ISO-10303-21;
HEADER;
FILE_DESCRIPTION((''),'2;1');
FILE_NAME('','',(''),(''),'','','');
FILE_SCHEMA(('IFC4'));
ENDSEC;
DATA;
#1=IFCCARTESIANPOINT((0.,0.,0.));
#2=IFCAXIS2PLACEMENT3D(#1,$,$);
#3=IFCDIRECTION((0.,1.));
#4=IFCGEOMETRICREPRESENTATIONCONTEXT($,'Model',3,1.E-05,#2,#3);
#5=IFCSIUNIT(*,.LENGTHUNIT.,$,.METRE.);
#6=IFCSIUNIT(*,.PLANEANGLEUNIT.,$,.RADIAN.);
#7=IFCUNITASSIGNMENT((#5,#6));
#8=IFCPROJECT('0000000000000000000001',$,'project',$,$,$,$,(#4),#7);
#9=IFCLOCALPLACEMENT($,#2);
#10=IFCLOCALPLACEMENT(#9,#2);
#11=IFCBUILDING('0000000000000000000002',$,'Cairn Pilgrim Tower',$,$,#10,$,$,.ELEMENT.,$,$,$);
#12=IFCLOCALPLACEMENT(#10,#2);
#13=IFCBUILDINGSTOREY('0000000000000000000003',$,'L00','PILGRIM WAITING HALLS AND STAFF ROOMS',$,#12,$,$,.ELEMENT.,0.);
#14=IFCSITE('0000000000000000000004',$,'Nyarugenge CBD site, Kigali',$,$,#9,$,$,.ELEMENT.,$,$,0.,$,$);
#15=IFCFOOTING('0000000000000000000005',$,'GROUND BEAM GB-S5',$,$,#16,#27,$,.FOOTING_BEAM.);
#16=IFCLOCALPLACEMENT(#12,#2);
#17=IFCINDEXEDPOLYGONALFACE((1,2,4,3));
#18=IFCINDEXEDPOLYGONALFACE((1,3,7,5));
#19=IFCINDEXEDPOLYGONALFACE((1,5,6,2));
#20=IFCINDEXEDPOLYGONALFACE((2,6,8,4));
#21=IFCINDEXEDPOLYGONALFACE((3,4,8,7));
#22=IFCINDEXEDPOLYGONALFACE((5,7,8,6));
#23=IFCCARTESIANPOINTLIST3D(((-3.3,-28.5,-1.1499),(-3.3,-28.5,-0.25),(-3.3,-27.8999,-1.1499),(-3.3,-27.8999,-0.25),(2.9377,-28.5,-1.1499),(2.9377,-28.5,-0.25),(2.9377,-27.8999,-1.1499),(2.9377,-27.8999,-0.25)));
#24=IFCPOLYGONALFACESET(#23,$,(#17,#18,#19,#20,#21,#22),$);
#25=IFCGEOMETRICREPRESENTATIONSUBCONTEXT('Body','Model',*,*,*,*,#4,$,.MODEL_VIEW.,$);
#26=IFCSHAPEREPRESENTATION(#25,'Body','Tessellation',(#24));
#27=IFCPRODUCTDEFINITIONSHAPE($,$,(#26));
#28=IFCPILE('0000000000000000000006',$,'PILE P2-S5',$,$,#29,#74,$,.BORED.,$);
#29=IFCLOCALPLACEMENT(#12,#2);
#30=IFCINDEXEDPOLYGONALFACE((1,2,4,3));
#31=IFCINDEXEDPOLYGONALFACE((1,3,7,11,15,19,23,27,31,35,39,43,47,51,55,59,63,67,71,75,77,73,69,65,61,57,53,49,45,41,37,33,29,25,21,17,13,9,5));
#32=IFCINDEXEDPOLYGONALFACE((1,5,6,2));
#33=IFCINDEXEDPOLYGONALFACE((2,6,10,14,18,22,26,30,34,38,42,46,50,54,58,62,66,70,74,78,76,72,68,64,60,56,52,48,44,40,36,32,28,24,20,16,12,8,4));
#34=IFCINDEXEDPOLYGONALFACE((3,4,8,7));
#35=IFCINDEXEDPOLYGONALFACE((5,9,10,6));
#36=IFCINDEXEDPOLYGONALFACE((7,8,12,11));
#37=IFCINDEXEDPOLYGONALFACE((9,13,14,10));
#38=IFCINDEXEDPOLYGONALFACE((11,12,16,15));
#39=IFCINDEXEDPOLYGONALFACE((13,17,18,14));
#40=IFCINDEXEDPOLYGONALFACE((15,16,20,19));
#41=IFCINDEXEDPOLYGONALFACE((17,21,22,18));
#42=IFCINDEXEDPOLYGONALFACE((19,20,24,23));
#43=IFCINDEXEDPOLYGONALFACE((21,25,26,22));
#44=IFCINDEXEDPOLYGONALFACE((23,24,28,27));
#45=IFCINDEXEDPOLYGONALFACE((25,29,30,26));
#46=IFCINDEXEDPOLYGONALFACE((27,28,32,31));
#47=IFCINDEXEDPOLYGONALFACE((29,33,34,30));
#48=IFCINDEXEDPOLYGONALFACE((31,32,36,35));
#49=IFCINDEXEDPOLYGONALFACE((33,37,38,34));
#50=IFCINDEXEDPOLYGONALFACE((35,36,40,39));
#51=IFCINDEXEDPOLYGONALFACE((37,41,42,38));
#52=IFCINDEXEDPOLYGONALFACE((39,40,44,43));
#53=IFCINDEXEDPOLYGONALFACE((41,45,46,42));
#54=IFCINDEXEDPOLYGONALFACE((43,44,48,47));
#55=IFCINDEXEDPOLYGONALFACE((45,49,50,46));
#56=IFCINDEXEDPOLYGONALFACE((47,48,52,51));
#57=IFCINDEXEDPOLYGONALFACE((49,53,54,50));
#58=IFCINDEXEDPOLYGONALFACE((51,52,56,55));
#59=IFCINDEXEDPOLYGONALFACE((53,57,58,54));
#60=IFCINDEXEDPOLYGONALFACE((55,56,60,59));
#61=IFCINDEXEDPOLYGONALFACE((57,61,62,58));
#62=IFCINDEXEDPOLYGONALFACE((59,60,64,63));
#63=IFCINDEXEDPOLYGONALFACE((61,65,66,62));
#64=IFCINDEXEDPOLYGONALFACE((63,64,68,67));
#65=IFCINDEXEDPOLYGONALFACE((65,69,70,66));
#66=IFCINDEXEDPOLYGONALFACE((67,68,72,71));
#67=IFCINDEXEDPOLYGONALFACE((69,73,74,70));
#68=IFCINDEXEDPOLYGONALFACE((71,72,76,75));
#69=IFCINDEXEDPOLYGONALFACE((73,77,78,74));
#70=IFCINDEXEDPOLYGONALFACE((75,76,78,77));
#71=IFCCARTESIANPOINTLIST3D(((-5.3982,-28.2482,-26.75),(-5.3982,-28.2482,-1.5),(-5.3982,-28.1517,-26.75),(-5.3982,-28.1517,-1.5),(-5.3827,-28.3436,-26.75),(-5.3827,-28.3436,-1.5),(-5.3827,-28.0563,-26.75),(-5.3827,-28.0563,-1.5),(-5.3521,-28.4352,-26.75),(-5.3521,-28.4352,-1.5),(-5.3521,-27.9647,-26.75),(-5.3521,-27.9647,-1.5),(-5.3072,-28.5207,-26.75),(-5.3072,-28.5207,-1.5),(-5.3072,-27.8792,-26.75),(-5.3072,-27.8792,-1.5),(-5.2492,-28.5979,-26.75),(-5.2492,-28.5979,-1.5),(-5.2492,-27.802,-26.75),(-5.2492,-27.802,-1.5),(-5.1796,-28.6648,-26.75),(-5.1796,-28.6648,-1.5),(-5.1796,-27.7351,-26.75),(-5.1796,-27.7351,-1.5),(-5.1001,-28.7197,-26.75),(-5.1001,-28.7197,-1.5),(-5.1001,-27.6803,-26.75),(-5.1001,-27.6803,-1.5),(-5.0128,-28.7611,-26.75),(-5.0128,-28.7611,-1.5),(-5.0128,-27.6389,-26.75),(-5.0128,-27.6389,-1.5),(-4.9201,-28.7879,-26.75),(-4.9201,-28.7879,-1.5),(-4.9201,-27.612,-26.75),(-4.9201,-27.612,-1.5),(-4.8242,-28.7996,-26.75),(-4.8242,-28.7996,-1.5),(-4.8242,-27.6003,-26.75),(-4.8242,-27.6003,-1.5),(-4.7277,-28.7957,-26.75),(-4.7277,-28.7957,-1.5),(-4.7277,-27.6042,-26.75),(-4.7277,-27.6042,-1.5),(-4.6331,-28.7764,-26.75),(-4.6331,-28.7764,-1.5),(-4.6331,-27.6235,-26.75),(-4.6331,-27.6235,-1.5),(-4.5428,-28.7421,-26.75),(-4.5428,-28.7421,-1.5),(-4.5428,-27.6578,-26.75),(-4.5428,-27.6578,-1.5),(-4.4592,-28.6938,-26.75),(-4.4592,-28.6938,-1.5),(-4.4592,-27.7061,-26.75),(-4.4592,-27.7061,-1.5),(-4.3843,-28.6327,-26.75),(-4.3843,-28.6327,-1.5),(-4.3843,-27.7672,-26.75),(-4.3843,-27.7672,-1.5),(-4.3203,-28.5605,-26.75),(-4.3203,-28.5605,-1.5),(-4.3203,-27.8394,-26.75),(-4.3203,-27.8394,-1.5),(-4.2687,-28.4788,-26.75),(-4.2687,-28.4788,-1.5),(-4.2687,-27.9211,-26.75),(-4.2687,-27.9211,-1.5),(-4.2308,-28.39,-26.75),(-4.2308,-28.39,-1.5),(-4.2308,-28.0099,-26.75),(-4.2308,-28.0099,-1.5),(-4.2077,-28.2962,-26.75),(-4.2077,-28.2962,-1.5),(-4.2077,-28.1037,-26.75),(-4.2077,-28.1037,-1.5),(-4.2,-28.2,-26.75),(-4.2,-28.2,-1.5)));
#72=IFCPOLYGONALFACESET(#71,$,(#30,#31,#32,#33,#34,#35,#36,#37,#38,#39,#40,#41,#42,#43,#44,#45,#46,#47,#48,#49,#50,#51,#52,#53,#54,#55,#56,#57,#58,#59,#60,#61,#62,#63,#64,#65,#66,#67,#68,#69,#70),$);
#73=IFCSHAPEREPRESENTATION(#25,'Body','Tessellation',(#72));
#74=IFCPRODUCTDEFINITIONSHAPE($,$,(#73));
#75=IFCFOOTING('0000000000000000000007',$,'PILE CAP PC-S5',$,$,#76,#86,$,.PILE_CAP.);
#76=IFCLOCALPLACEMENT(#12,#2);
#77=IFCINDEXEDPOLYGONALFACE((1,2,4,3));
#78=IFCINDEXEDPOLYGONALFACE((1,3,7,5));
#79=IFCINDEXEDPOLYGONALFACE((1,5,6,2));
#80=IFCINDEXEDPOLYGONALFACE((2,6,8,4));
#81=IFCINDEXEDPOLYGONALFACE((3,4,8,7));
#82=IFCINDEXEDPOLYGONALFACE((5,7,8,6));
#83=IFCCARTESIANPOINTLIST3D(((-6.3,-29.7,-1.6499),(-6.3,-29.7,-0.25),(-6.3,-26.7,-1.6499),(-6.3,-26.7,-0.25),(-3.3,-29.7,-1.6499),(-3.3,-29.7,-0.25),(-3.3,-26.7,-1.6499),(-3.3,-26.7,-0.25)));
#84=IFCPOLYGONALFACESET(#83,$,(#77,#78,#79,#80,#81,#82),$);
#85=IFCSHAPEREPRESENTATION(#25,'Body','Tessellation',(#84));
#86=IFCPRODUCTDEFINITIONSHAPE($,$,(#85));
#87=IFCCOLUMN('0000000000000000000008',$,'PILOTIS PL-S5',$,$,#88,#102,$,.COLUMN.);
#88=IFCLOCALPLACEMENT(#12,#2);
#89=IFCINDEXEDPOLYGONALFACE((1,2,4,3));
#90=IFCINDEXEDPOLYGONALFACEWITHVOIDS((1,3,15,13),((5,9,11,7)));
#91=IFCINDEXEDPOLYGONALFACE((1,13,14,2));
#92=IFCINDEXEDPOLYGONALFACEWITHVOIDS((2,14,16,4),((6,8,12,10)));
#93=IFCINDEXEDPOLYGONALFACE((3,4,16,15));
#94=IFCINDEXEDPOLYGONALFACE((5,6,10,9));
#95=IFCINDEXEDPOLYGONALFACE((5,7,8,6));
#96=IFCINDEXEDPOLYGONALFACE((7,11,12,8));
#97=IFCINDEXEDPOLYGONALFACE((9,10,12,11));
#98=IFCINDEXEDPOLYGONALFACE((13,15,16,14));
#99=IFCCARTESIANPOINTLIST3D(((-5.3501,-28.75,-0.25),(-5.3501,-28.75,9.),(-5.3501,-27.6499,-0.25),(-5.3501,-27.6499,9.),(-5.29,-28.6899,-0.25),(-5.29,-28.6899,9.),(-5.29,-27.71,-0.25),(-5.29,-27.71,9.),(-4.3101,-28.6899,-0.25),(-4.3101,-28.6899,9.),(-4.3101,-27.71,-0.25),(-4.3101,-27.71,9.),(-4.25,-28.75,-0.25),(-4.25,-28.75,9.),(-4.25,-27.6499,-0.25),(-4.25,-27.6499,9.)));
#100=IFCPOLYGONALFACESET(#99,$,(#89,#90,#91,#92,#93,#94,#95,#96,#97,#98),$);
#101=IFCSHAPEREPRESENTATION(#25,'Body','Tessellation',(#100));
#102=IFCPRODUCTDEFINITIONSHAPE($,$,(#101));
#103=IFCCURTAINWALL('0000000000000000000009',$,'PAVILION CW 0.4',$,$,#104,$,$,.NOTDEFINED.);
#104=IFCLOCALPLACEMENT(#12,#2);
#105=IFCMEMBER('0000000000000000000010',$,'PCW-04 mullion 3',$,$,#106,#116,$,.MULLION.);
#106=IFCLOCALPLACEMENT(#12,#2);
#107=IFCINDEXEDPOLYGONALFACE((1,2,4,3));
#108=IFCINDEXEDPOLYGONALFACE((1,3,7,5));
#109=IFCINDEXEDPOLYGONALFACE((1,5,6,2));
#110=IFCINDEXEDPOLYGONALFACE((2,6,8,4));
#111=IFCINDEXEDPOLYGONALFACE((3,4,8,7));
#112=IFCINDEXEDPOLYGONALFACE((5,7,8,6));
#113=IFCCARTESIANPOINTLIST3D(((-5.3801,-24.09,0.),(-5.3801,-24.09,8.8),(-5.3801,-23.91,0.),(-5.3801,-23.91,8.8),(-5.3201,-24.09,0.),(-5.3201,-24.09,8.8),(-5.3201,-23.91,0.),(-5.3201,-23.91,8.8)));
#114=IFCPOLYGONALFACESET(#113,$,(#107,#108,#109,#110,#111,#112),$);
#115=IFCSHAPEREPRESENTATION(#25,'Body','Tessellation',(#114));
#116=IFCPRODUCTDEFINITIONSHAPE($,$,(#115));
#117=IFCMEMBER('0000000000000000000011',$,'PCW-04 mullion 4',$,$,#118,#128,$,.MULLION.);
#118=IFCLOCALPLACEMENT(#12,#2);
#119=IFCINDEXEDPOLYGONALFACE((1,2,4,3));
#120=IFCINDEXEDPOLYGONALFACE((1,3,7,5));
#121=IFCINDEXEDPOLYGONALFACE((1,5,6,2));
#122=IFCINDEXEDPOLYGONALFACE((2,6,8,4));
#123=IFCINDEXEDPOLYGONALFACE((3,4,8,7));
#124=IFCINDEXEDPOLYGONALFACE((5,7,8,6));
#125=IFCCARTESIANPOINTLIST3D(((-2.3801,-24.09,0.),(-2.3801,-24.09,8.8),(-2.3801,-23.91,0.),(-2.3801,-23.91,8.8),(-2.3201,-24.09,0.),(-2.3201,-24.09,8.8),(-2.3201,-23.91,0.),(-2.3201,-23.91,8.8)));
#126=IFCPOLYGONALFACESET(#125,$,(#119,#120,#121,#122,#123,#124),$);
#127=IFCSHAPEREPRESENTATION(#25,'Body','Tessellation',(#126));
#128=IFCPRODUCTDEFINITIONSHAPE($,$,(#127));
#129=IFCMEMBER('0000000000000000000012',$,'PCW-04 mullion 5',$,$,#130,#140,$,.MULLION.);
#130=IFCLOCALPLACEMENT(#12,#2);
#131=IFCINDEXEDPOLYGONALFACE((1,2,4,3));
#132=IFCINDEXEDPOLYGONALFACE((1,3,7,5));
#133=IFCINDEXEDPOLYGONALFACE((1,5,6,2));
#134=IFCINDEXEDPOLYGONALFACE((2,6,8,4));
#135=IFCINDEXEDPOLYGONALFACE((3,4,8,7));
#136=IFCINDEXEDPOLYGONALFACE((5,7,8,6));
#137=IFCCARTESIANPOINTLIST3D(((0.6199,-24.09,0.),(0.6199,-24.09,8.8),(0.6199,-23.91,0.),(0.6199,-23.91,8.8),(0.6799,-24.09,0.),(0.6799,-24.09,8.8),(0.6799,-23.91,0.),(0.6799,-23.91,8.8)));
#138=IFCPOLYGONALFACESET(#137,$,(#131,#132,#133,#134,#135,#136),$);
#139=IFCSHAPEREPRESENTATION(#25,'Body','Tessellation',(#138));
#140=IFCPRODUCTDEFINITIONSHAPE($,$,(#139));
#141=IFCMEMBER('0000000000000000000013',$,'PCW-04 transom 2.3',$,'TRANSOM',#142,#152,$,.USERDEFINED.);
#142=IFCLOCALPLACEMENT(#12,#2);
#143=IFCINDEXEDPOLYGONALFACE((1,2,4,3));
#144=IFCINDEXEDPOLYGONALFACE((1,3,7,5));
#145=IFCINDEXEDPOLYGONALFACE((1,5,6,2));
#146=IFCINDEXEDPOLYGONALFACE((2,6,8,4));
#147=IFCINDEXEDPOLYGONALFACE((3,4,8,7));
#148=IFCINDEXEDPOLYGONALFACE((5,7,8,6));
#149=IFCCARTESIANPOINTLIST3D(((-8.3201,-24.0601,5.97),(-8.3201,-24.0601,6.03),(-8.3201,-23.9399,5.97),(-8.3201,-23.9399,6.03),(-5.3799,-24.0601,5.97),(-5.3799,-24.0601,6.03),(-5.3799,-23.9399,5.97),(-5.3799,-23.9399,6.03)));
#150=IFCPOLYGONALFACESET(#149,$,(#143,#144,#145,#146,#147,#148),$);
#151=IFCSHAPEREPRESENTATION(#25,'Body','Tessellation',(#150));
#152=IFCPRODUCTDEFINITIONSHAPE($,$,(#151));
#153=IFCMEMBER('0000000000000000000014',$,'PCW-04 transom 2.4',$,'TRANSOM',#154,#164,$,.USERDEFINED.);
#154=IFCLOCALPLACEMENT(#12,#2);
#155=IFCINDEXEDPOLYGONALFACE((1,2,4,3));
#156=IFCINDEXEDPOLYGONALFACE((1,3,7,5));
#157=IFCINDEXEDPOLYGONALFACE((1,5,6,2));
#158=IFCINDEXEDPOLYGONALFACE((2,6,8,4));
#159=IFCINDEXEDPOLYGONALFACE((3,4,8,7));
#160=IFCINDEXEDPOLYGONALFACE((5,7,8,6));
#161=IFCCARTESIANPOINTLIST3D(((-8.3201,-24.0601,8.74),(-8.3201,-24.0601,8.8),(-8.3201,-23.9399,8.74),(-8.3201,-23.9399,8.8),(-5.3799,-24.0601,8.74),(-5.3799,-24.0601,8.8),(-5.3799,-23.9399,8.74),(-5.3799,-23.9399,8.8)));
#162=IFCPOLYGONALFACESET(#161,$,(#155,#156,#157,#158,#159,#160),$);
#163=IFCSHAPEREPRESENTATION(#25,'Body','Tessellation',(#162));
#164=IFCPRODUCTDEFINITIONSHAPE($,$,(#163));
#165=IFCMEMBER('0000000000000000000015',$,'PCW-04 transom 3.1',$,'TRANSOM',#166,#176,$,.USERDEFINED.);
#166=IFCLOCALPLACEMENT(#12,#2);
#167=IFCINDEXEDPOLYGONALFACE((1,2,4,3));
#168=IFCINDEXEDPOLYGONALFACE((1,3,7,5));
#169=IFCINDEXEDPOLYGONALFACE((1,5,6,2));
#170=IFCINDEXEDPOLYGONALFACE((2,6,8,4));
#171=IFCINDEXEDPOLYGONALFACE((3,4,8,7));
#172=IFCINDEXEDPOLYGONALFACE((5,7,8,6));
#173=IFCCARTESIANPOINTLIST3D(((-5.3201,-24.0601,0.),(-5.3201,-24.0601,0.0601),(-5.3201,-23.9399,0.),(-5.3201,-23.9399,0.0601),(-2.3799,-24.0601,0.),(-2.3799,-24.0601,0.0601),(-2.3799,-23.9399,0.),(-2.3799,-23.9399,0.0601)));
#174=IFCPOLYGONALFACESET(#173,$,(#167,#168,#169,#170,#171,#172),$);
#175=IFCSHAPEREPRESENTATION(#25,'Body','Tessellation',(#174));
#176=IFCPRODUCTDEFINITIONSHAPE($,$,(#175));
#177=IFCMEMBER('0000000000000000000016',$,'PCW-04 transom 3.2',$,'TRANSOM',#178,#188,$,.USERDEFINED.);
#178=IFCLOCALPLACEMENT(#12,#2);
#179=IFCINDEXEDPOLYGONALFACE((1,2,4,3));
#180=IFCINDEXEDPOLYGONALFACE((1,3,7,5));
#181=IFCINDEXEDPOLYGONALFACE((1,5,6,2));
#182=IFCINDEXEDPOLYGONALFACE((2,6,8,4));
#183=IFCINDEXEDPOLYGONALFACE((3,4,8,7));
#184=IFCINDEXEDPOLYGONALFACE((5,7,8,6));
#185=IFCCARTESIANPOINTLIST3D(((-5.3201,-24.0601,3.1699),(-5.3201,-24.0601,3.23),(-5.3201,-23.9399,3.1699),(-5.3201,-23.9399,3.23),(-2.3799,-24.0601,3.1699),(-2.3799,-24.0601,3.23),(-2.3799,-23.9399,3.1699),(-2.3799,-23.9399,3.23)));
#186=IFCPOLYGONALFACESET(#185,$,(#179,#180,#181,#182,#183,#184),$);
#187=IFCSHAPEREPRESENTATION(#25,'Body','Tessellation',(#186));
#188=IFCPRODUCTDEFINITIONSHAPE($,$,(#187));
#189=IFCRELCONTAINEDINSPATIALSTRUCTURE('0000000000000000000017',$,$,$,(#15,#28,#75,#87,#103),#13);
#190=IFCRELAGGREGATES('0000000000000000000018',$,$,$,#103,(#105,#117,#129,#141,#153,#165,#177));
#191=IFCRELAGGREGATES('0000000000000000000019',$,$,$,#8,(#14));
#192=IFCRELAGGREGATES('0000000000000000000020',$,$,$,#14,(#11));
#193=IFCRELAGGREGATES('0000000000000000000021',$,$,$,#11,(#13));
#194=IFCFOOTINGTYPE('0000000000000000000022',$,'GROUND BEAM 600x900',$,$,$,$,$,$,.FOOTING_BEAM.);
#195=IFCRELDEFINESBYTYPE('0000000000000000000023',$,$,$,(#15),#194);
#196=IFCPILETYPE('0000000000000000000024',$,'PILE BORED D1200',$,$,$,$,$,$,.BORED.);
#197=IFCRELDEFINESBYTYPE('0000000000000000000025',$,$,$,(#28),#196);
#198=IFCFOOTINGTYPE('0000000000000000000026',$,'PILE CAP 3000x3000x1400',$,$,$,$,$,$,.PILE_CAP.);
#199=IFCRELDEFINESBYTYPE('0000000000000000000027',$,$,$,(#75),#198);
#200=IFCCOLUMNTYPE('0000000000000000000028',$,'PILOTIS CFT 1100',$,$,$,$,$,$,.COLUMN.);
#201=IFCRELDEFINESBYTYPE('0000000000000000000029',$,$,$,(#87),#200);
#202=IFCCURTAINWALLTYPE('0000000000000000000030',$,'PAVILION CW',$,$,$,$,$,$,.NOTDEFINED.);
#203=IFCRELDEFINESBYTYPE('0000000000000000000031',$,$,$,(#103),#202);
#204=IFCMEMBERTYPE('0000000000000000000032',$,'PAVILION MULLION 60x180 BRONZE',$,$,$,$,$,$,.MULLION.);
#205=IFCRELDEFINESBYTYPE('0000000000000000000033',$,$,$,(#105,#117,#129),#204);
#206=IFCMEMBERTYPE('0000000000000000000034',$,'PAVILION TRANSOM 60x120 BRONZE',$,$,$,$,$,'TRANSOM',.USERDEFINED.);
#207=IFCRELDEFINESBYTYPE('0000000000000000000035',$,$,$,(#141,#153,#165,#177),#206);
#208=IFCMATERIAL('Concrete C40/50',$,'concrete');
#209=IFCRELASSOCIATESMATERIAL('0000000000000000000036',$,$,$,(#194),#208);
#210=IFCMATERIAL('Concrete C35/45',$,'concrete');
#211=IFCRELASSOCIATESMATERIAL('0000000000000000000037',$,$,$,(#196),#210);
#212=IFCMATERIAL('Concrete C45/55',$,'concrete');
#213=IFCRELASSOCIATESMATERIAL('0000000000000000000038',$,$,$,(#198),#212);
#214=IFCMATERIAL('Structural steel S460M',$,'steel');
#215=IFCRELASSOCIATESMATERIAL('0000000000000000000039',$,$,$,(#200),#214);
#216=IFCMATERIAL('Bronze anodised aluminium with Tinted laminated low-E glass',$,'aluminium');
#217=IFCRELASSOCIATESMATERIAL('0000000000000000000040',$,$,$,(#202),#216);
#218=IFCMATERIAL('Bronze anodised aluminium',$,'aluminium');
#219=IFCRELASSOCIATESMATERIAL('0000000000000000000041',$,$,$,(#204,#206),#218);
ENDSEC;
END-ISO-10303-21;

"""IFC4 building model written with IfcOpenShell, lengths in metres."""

from ifc_helpers import new_model, si_unit, direction, frame, origin, origin_2d, place, context, subcontext, project, spatial, rectangle, hollow_rectangle, circle, extrude, material, material_profile, profile_set, type_object, element, aggregate, save


model = new_model("IFC4")

# Units and contexts
model_context = context("Model", 3, precision=1e-05, world=origin(), true_north=direction((0.0, 1.0)))
body_context = subcontext(model_context, "Body", "Model", "MODEL_VIEW")
ifc_project = project(units=[si_unit("LENGTHUNIT", "METRE"), si_unit("PLANEANGLEUNIT", "RADIAN")], contexts=[model_context])

# Site, building, storey
site_placement = place(None, origin())
site = spatial("IfcSite", under=ifc_project, at=site_placement, Name="Nyarugenge CBD site, Kigali", CompositionType="ELEMENT", RefElevation=0.0)
building_placement = place(site_placement, origin())
building = spatial("IfcBuilding", under=site, at=building_placement, Name="Cairn Pilgrim Tower", CompositionType="ELEMENT")
storey_placement = place(building_placement, origin())
storey = spatial("IfcBuildingStorey", under=building, at=storey_placement, Name="L00", Description="PILGRIM WAITING HALLS AND STAFF ROOMS", CompositionType="ELEMENT", Elevation=0.0)

# Footing
ifc_material_1 = material(Name="Concrete C40/50", Category="concrete")
footing_type_1 = type_object("IfcFootingType", Name="GROUND BEAM 600x900", PredefinedType="FOOTING_BEAM", material=ifc_material_1)
footing_1_placement = place(storey_placement, frame((-0.1812, -28.2, -1.1499), z_axis=(0.0, 0.0, 1.0), x_axis=(1.0, 0.0, 0.0)))
element("IfcFooting", 1, at=footing_1_placement, inside=storey, type_object=footing_type_1, Name="GROUND BEAM GB-S5", PredefinedType="FOOTING_BEAM", context=body_context, shape_type="SweptSolid", body=[
    extrude(rectangle(XDim=6.2378, YDim=0.6001, at=origin_2d()), origin(), (0.0, 0.0, 1.0), 0.8999),
])

# Pile
ifc_material_2 = material(Name="Concrete C35/45", Category="concrete")
ifc_material_profile_1 = material_profile(ifc_material_2, circle(Radius=0.6001, at=origin_2d()), Name="D1200")
ifc_profile_set_1 = profile_set([ifc_material_profile_1], Name="Concrete C35/45")
pile_type = type_object("IfcPileType", Name="PILE BORED D1200", PredefinedType="BORED", material=ifc_profile_set_1)
pile_placement = place(storey_placement, frame((-4.8, -28.2, -1.5), z_axis=(0.0, 0.0, -1.0), x_axis=(1.0, 0.0, 0.0)))
element("IfcPile", 2, at=pile_placement, inside=storey, type_object=pile_type, Name="PILE P2-S5", PredefinedType="BORED", context=body_context, shape_type="SweptSolid", body=[
    extrude(circle(Radius=0.6001, at=origin_2d()), origin(), (0.0, 0.0, 1.0), 25.25),
])

# Footing
ifc_material_3 = material(Name="Concrete C45/55", Category="concrete")
footing_type_2 = type_object("IfcFootingType", Name="PILE CAP 3000x3000x1400", PredefinedType="PILE_CAP", material=ifc_material_3)
footing_2_placement = place(storey_placement, frame((-4.8, -28.2, -1.6499), z_axis=(0.0, 0.0, 1.0), x_axis=(1.0, 0.0, 0.0)))
element("IfcFooting", 3, at=footing_2_placement, inside=storey, type_object=footing_type_2, Name="PILE CAP PC-S5", PredefinedType="PILE_CAP", context=body_context, shape_type="SweptSolid", body=[
    extrude(rectangle(XDim=3.0, YDim=3.0, at=origin_2d()), origin(), (0.0, 0.0, 1.0), 1.3999),
])

# Column
ifc_material_4 = material(Name="Structural steel S460M", Category="steel")
ifc_material_profile_2 = material_profile(ifc_material_4, hollow_rectangle(XDim=1.1001, YDim=1.1001, WallThickness=0.0601, at=origin_2d()), Name="BOX 1100x1100x60")
ifc_profile_set_2 = profile_set([ifc_material_profile_2], Name="Structural steel S460M")
column_type = type_object("IfcColumnType", Name="PILOTIS CFT 1100", PredefinedType="COLUMN", material=ifc_profile_set_2)
column_placement = place(storey_placement, frame((-4.8, -28.2, -0.25), z_axis=(0.0, 0.0, 1.0), x_axis=(1.0, 0.0, 0.0)))
element("IfcColumn", 4, at=column_placement, inside=storey, type_object=column_type, Name="PILOTIS PL-S5", PredefinedType="COLUMN", context=body_context, shape_type="SweptSolid", body=[
    extrude(hollow_rectangle(XDim=1.1001, YDim=1.1001, WallThickness=0.0601, at=origin_2d()), origin(), (0.0, 0.0, 1.0), 9.25),
])

# Curtain wall, members
ifc_material_5 = material(Name="Bronze anodised aluminium with Tinted laminated low-E glass", Category="aluminium")
curtain_wall_type = type_object("IfcCurtainWallType", Name="PAVILION CW", PredefinedType="NOTDEFINED", material=ifc_material_5)
curtain_wall_placement = place(storey_placement, origin())
curtain_wall = element("IfcCurtainWall", 5, at=curtain_wall_placement, inside=storey, type_object=curtain_wall_type, Name="PAVILION CW 0.4", PredefinedType="NOTDEFINED")
ifc_material_6 = material(Name="Bronze anodised aluminium", Category="aluminium")
ifc_material_profile_3 = material_profile(ifc_material_6, rectangle(XDim=0.1799, YDim=0.0601, at=origin_2d()), Name="PAVILION MULLION 60x180 BRONZE")
ifc_profile_set_3 = profile_set([ifc_material_profile_3], Name="Bronze anodised aluminium")
member_type_1 = type_object("IfcMemberType", Name="PAVILION MULLION 60x180 BRONZE", PredefinedType="MULLION", material=ifc_profile_set_3)
member_1_placement = place(storey_placement, frame((-5.3501, -24.0, 0.0), z_axis=(0.0, 0.0, 1.0), x_axis=(0.0, 1.0, 0.0)))
member_1 = element("IfcMember", 6, at=member_1_placement, type_object=member_type_1, Name="PCW-04 mullion 3", PredefinedType="MULLION", context=body_context, shape_type="SweptSolid", body=[
    extrude(rectangle(XDim=0.1799, YDim=0.0601, at=origin_2d()), origin(), (0.0, 0.0, 1.0), 8.8),
])
member_2_placement = place(storey_placement, frame((-2.3501, -24.0, 0.0), z_axis=(0.0, 0.0, 1.0), x_axis=(0.0, 1.0, 0.0)))
member_2 = element("IfcMember", 7, at=member_2_placement, type_object=member_type_1, Name="PCW-04 mullion 4", PredefinedType="MULLION", context=body_context, shape_type="SweptSolid", body=[
    extrude(rectangle(XDim=0.1799, YDim=0.0601, at=origin_2d()), origin(), (0.0, 0.0, 1.0), 8.8),
])
member_3_placement = place(storey_placement, frame((0.6499, -24.0, 0.0), z_axis=(0.0, 0.0, 1.0), x_axis=(0.0, 1.0, 0.0)))
member_3 = element("IfcMember", 8, at=member_3_placement, type_object=member_type_1, Name="PCW-04 mullion 5", PredefinedType="MULLION", context=body_context, shape_type="SweptSolid", body=[
    extrude(rectangle(XDim=0.1799, YDim=0.0601, at=origin_2d()), origin(), (0.0, 0.0, 1.0), 8.8),
])
ifc_material_profile_4 = material_profile(ifc_material_6, rectangle(XDim=0.1201, YDim=0.0601, at=origin_2d()), Name="PAVILION TRANSOM 60x120 BRONZE")
ifc_profile_set_4 = profile_set([ifc_material_profile_4], Name="Bronze anodised aluminium")
member_type_2 = type_object("IfcMemberType", Name="PAVILION TRANSOM 60x120 BRONZE", ElementType="TRANSOM", PredefinedType="USERDEFINED", material=ifc_profile_set_4)
member_4_placement = place(storey_placement, frame((-8.3201, -24.0, 6.0), z_axis=(1.0, 0.0, 0.0), x_axis=(0.0, 1.0, 0.0)))
member_4 = element("IfcMember", 9, at=member_4_placement, type_object=member_type_2, Name="PCW-04 transom 2.3", ObjectType="TRANSOM", PredefinedType="USERDEFINED", context=body_context, shape_type="SweptSolid", body=[
    extrude(rectangle(XDim=0.1201, YDim=0.0601, at=origin_2d()), origin(), (0.0, 0.0, 1.0), 2.9402),
])
member_5_placement = place(storey_placement, frame((-8.3201, -24.0, 8.77), z_axis=(1.0, 0.0, 0.0), x_axis=(0.0, 1.0, 0.0)))
member_5 = element("IfcMember", 10, at=member_5_placement, type_object=member_type_2, Name="PCW-04 transom 2.4", ObjectType="TRANSOM", PredefinedType="USERDEFINED", context=body_context, shape_type="SweptSolid", body=[
    extrude(rectangle(XDim=0.1201, YDim=0.0601, at=origin_2d()), origin(), (0.0, 0.0, 1.0), 2.9402),
])
member_6_placement = place(storey_placement, frame((-5.3201, -24.0, 0.03), z_axis=(1.0, 0.0, 0.0), x_axis=(0.0, 1.0, 0.0)))
member_6 = element("IfcMember", 11, at=member_6_placement, type_object=member_type_2, Name="PCW-04 transom 3.1", ObjectType="TRANSOM", PredefinedType="USERDEFINED", context=body_context, shape_type="SweptSolid", body=[
    extrude(rectangle(XDim=0.1201, YDim=0.0601, at=origin_2d()), origin(), (0.0, 0.0, 1.0), 2.9402),
])
member_7_placement = place(storey_placement, frame((-5.3201, -24.0, 3.2), z_axis=(1.0, 0.0, 0.0), x_axis=(0.0, 1.0, 0.0)))
member_7 = element("IfcMember", 12, at=member_7_placement, type_object=member_type_2, Name="PCW-04 transom 3.2", ObjectType="TRANSOM", PredefinedType="USERDEFINED", context=body_context, shape_type="SweptSolid", body=[
    extrude(rectangle(XDim=0.1201, YDim=0.0601, at=origin_2d()), origin(), (0.0, 0.0, 1.0), 2.9402),
])
aggregate(curtain_wall, [member_1, member_2, member_3, member_4, member_5, member_6, member_7])

save(model, "model.ifc")
